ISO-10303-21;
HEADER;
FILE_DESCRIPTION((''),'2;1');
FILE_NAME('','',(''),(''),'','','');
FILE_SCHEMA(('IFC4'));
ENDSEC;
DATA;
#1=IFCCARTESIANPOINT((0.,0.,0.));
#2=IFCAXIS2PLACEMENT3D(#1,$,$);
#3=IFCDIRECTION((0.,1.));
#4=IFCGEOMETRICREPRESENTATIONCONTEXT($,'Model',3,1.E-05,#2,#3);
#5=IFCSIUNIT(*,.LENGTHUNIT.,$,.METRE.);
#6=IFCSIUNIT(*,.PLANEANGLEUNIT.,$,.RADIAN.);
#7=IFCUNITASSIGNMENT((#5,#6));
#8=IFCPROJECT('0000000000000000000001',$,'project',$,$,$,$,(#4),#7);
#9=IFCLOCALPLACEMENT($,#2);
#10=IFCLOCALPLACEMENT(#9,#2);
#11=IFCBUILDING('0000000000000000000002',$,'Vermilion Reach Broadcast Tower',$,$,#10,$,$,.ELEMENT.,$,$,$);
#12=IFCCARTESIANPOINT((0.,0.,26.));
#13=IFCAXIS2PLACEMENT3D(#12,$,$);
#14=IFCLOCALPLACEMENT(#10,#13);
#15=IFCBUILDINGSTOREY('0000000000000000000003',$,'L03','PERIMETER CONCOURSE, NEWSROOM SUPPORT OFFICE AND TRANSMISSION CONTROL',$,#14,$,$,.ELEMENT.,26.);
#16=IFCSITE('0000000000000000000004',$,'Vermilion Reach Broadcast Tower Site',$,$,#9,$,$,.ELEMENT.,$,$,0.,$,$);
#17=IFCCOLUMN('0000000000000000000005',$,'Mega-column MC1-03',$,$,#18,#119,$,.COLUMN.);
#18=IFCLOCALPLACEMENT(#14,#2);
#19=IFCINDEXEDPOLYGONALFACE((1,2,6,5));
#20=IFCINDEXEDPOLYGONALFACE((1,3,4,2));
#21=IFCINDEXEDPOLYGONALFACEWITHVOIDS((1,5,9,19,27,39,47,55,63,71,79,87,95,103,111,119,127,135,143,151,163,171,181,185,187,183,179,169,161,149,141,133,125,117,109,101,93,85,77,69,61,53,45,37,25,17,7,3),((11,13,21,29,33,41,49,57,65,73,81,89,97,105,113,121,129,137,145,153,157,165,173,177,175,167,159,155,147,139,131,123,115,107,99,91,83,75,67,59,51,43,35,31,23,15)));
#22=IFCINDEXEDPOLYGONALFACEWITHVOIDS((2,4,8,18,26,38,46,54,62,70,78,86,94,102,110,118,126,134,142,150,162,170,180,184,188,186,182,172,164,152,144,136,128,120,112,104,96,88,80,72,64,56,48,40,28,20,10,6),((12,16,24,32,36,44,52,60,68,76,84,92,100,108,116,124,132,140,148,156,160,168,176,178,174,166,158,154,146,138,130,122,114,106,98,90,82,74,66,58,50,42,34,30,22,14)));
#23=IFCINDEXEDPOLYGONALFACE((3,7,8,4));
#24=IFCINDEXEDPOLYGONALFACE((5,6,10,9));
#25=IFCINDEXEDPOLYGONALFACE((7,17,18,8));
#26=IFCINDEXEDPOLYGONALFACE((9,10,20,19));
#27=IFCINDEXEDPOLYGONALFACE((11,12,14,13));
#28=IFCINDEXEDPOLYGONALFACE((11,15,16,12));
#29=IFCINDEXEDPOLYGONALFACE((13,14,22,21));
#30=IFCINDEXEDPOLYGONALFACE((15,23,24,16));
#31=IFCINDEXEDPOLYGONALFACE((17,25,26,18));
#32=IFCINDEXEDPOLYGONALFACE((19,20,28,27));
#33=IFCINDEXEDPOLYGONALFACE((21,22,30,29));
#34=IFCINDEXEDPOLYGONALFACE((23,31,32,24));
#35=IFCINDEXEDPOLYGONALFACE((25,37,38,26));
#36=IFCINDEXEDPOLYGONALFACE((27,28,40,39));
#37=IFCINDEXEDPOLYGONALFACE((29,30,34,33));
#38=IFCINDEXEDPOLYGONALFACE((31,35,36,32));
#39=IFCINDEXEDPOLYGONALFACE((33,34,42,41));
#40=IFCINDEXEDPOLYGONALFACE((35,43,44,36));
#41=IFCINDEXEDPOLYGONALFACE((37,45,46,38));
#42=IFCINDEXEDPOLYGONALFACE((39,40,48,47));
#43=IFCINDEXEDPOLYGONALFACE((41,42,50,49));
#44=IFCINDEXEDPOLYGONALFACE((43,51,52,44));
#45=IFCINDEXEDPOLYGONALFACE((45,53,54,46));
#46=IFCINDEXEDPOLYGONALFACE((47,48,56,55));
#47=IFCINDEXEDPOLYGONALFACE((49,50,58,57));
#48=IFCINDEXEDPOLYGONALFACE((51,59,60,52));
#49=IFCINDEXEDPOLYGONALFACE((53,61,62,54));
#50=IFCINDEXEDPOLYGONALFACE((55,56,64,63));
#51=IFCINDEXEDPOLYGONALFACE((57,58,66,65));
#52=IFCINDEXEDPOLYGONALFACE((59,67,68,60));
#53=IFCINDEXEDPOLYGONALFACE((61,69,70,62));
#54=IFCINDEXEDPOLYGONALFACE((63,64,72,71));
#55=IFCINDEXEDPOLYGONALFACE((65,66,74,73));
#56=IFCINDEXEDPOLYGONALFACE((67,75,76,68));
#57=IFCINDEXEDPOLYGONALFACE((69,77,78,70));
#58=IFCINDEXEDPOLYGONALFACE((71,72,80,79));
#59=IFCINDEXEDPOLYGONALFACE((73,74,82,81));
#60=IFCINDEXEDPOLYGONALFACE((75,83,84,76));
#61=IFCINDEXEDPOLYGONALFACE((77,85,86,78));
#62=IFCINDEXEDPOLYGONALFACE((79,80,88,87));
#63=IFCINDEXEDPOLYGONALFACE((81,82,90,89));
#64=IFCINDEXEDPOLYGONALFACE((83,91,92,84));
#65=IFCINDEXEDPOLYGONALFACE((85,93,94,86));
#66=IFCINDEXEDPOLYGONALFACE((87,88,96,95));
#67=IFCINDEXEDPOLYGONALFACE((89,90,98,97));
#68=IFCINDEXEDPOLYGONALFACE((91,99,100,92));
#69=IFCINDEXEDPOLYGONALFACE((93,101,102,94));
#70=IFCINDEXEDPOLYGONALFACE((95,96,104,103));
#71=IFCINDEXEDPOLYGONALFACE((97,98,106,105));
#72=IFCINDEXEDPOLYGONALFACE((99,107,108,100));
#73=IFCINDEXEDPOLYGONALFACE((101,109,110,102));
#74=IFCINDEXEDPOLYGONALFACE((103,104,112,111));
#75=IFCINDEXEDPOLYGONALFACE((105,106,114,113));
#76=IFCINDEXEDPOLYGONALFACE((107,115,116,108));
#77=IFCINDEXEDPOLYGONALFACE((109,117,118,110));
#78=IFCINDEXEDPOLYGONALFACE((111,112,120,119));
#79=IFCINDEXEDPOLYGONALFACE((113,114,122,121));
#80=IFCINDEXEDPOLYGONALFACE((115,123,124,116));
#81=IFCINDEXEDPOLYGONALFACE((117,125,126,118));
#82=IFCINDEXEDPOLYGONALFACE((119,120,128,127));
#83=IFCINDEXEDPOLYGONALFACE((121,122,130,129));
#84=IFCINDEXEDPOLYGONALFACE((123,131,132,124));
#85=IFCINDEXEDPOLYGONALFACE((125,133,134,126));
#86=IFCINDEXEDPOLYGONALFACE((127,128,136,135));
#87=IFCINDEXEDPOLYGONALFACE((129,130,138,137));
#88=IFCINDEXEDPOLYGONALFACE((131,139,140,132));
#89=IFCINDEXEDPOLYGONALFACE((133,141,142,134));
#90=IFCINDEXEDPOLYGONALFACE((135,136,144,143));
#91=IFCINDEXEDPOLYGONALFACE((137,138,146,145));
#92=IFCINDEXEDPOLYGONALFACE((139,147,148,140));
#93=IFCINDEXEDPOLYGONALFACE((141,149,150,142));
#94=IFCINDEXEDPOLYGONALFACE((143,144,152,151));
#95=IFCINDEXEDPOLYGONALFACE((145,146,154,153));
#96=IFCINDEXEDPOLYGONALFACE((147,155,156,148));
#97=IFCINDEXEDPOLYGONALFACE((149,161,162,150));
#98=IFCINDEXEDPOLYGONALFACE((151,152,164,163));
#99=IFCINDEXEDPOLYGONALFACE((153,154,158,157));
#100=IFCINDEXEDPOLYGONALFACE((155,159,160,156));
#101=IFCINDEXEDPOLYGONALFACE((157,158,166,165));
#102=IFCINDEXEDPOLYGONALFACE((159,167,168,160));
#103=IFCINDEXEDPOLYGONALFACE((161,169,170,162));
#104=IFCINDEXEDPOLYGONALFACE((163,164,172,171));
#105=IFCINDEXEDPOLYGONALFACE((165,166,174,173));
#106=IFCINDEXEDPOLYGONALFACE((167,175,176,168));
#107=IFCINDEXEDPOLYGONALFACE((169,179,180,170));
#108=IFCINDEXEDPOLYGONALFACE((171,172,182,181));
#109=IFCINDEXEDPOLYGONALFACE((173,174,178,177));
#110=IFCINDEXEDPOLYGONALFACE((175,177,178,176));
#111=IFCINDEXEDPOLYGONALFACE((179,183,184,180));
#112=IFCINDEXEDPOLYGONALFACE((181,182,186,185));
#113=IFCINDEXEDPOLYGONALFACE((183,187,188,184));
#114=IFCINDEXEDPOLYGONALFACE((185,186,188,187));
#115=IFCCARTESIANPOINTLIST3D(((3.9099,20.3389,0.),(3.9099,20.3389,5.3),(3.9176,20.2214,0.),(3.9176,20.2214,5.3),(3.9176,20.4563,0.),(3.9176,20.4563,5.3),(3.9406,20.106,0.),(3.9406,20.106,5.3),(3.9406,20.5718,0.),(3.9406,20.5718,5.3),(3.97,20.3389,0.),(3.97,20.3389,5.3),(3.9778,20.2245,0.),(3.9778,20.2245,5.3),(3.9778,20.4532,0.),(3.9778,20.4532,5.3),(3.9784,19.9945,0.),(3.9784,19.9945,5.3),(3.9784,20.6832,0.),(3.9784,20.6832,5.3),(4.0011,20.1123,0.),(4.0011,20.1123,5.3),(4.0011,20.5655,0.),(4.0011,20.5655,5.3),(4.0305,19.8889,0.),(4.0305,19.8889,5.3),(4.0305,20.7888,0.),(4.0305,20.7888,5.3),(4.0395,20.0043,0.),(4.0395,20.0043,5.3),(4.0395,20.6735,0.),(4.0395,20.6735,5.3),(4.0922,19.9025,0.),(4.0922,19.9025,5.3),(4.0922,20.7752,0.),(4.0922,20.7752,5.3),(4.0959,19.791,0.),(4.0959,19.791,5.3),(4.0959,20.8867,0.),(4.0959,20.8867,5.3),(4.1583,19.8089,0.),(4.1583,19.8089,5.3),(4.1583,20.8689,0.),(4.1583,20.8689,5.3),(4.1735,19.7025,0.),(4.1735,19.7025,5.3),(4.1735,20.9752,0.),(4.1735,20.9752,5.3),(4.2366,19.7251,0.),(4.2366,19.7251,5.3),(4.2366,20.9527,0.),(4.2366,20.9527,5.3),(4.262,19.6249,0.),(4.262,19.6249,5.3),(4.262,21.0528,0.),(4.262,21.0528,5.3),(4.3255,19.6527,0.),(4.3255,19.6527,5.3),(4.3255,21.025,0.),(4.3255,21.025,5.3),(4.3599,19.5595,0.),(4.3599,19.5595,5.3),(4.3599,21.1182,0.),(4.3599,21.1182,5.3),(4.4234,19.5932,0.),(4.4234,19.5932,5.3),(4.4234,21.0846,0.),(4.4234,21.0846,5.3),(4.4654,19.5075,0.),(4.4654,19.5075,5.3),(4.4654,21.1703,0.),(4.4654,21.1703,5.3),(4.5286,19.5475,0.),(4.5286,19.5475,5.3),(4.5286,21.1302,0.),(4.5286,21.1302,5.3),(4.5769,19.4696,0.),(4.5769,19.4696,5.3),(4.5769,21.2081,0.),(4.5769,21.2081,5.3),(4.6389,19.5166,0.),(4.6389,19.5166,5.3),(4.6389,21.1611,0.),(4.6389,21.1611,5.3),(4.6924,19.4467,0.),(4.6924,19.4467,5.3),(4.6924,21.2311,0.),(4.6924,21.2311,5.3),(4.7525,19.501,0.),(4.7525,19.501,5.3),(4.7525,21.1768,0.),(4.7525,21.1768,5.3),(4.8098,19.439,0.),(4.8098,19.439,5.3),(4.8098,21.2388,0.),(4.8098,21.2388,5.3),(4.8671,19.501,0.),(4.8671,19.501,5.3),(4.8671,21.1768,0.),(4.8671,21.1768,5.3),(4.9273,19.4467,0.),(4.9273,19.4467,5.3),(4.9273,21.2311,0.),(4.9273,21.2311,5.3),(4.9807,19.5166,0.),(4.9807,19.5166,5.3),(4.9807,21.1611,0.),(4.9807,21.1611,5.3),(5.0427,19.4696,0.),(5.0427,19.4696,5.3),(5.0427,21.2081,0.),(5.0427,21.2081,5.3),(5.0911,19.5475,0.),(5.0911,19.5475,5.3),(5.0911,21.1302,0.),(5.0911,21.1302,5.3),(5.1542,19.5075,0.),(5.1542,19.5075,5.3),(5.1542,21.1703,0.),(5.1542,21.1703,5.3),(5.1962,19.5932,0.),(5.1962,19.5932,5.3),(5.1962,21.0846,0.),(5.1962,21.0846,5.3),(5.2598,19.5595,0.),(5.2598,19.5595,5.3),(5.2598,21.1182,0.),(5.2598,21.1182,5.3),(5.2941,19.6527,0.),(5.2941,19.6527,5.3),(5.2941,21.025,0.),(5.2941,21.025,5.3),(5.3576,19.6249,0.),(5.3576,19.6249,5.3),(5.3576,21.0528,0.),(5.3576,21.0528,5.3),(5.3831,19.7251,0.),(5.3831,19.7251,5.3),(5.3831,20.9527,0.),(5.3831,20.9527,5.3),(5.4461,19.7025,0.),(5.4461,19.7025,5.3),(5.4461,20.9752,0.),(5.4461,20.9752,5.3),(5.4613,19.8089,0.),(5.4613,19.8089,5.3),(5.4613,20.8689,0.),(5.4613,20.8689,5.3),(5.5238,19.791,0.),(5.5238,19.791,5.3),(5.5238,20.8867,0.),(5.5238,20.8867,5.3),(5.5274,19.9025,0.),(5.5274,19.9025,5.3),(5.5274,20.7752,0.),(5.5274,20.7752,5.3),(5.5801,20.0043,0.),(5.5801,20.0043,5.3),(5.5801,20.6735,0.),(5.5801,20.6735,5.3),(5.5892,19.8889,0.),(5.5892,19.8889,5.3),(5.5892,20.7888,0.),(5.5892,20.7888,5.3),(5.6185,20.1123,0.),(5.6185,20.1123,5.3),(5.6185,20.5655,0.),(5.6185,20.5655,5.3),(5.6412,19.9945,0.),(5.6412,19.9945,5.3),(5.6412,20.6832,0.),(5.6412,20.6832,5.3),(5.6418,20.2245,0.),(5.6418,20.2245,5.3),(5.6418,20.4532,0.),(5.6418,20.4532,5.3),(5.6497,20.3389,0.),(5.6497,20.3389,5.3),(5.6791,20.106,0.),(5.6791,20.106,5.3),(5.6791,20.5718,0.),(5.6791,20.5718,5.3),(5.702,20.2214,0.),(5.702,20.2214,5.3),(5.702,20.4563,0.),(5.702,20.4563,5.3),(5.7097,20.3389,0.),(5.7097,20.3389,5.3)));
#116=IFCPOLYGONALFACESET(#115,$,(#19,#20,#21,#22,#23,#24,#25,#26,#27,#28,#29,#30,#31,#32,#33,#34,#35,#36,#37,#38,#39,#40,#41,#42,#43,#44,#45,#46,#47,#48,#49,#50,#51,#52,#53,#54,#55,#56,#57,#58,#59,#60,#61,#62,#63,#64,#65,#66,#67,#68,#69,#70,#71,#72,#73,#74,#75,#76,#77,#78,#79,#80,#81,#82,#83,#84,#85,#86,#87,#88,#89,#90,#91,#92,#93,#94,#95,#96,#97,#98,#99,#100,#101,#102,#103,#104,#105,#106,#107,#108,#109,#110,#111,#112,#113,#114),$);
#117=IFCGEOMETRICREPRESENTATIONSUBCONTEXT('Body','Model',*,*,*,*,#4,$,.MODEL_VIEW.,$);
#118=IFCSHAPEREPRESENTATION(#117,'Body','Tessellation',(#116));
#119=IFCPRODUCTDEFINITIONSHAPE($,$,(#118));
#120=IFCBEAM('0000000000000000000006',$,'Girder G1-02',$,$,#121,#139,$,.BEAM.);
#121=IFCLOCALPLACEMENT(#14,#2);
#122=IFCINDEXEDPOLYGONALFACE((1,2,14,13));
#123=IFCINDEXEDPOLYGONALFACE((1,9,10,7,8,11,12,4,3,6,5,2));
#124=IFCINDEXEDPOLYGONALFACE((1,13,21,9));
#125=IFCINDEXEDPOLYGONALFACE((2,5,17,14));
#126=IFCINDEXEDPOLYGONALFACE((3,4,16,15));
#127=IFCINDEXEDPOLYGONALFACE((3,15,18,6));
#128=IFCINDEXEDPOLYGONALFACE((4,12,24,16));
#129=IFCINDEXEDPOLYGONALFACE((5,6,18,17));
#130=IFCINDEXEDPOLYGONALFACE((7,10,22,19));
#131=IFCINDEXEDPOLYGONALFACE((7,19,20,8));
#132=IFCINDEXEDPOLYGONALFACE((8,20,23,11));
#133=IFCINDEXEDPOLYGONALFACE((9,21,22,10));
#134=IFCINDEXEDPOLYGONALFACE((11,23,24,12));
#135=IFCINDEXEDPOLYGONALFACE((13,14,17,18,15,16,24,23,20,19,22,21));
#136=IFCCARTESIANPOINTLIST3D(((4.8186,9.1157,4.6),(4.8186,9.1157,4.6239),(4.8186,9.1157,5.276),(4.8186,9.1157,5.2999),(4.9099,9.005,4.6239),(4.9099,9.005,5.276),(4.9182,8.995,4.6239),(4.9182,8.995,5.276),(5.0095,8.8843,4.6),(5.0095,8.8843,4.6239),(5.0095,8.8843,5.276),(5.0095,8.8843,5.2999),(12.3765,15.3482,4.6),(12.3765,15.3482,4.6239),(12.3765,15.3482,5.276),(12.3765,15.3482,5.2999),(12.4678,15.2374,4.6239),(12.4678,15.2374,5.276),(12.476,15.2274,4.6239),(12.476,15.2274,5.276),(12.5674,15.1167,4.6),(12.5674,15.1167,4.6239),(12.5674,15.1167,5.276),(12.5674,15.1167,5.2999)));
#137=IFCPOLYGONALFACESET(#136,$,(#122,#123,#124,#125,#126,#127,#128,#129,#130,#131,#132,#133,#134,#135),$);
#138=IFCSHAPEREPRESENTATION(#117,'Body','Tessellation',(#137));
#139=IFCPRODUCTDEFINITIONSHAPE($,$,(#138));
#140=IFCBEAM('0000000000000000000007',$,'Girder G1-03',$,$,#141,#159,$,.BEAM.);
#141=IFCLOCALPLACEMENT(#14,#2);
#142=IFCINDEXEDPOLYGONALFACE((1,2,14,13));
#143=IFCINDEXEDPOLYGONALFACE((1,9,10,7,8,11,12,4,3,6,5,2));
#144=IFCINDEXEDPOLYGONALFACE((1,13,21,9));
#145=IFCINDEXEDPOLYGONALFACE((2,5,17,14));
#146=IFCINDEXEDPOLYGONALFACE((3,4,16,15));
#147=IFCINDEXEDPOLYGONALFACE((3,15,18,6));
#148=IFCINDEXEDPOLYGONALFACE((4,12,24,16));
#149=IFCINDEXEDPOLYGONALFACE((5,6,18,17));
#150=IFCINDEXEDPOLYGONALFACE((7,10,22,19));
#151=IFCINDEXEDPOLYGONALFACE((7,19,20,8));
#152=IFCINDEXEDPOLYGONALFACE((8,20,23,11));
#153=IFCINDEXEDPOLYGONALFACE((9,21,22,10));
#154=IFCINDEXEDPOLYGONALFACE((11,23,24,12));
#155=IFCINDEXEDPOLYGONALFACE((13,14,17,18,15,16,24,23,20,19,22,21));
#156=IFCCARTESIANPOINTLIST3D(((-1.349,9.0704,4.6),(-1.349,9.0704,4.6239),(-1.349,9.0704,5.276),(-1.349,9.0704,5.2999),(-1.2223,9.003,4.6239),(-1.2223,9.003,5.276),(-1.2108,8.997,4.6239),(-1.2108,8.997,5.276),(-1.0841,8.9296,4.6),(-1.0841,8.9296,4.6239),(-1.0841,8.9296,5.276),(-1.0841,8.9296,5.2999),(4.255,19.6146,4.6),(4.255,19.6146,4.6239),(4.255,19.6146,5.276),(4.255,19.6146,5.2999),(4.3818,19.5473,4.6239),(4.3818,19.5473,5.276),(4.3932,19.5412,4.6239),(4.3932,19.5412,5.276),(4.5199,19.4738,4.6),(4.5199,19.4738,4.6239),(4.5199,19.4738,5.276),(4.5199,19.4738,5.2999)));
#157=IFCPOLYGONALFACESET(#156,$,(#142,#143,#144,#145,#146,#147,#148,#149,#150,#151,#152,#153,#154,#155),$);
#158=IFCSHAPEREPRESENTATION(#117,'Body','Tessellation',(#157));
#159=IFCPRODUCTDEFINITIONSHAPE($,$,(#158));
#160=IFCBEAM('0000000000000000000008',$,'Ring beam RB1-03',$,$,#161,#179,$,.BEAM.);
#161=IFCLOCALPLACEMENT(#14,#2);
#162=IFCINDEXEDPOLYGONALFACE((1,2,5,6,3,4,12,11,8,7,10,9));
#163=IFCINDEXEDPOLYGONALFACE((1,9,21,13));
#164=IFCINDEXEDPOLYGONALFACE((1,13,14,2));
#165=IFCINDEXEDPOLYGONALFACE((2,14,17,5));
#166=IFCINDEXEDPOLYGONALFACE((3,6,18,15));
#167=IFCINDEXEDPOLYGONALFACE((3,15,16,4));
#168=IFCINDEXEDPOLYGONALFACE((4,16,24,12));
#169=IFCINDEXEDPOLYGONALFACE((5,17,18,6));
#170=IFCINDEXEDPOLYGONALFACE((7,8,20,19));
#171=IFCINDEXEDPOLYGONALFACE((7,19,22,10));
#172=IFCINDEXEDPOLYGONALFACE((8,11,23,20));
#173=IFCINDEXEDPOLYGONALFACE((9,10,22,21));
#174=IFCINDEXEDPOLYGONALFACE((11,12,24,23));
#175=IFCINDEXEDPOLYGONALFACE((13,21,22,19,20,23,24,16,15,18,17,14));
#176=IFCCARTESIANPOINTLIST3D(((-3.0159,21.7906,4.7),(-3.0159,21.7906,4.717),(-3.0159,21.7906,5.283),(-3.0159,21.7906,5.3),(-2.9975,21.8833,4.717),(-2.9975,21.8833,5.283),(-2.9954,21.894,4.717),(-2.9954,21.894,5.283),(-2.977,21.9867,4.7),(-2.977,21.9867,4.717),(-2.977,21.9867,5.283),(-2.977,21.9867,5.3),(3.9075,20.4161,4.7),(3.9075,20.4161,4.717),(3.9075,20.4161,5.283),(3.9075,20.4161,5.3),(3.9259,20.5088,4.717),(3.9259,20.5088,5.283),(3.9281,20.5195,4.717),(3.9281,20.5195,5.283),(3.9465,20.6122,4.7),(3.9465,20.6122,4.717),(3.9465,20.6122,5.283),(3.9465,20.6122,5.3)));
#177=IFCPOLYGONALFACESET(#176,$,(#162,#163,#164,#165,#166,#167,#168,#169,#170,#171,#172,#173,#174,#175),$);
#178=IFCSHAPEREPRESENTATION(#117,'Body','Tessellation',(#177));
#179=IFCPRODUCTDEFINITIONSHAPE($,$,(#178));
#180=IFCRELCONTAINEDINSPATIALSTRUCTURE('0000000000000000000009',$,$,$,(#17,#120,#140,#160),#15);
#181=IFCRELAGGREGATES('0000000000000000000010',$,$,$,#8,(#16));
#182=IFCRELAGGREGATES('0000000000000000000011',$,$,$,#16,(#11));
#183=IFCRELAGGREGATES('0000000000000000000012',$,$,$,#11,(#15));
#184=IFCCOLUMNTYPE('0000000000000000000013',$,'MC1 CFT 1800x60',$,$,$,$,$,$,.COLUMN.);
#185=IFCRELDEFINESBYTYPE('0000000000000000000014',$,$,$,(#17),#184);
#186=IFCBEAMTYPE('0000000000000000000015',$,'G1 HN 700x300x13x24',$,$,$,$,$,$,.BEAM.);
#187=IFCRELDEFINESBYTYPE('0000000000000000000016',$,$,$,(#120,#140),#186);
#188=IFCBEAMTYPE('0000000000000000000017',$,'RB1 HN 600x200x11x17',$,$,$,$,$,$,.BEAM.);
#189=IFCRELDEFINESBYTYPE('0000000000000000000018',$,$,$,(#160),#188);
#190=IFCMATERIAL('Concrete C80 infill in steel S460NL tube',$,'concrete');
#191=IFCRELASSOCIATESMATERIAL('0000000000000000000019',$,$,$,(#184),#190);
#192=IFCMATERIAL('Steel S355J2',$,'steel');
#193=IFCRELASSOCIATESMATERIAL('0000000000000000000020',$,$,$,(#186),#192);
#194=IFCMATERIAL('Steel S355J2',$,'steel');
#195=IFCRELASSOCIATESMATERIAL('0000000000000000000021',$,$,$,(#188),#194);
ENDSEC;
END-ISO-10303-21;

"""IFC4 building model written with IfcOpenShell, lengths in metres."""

from ifc_helpers import new_model, si_unit, direction, frame, origin, origin_2d, place, context, subcontext, project, spatial, hollow_circle, i_section, extrude, material, material_profile, profile_set, type_object, element, save


model = new_model("IFC4")

# Units and contexts
model_context = context("Model", 3, precision=1e-05, world=origin(), true_north=direction((0.0, 1.0)))
body_context = subcontext(model_context, "Body", "Model", "MODEL_VIEW")
ifc_project = project(units=[si_unit("LENGTHUNIT", "METRE"), si_unit("PLANEANGLEUNIT", "RADIAN")], contexts=[model_context])

# Site, building, storey
site_placement = place(None, origin())
site = spatial("IfcSite", under=ifc_project, at=site_placement, Name="Vermilion Reach Broadcast Tower Site", CompositionType="ELEMENT", RefElevation=0.0)
building_placement = place(site_placement, origin())
building = spatial("IfcBuilding", under=site, at=building_placement, Name="Vermilion Reach Broadcast Tower", CompositionType="ELEMENT")
storey_placement = place(building_placement, frame((0.0, 0.0, 26.0)))
storey = spatial("IfcBuildingStorey", under=building, at=storey_placement, Name="L03", Description="PERIMETER CONCOURSE, NEWSROOM SUPPORT OFFICE AND TRANSMISSION CONTROL", CompositionType="ELEMENT", Elevation=26.0)

# Column
ifc_material_1 = material(Name="Concrete C80 infill in steel S460NL tube", Category="concrete")
ifc_material_profile_1 = material_profile(ifc_material_1, hollow_circle(Radius=0.8999, WallThickness=0.0601, at=origin_2d()), Name="Concrete C80 infill in steel S460NL tube CFT 1800x60")
ifc_profile_set_1 = profile_set([ifc_material_profile_1], Name="Concrete C80 infill in steel S460NL tube")
column_type = type_object("IfcColumnType", Name="MC1 CFT 1800x60", PredefinedType="COLUMN", material=ifc_profile_set_1)
column_placement = place(storey_placement, frame((4.8098, 20.3389, 0.0), z_axis=(0.0, 0.0, 1.0), x_axis=(1.0, 0.0, 0.0)))
element("IfcColumn", 1, at=column_placement, inside=storey, type_object=column_type, Name="Mega-column MC1-03", PredefinedType="COLUMN", context=body_context, shape_type="SweptSolid", body=[
    extrude(hollow_circle(Radius=0.8999, WallThickness=0.0601, at=origin_2d()), origin(), (0.0, 0.0, 1.0), 5.3),
])

# Beams
ifc_material_2 = material(Name="Steel S355J2", Category="steel")
ifc_material_profile_2 = material_profile(ifc_material_2, i_section(OverallWidth=0.3, OverallDepth=0.7, WebThickness=0.0129, FlangeThickness=0.0239, at=origin_2d()), Name="S355J2 HN 700x300x13x24")
ifc_profile_set_2 = profile_set([ifc_material_profile_2], Name="Steel S355J2")
beam_type_1 = type_object("IfcBeamType", Name="G1 HN 700x300x13x24", PredefinedType="BEAM", material=ifc_profile_set_2)
beam_1_placement = place(storey_placement, frame((4.9141, 9.0, 4.95), z_axis=(0.771514, 0.636212, 0.0), x_axis=(-0.636212, 0.771514, 0.0)))
element("IfcBeam", 2, at=beam_1_placement, inside=storey, type_object=beam_type_1, Name="Girder G1-02", PredefinedType="BEAM", context=body_context, shape_type="SweptSolid", body=[
    extrude(i_section(OverallWidth=0.3, OverallDepth=0.7, WebThickness=0.0129, FlangeThickness=0.0239, at=origin_2d()), origin(), (0.0, 0.0, 1.0), 9.7961),
])
beam_2_placement = place(storey_placement, frame((-1.2166, 9.0, 4.95), z_axis=(0.469312, 0.883032, 0.0), x_axis=(-0.883032, 0.469312, 0.0)))
element("IfcBeam", 3, at=beam_2_placement, inside=storey, type_object=beam_type_1, Name="Girder G1-03", PredefinedType="BEAM", context=body_context, shape_type="SweptSolid", body=[
    extrude(i_section(OverallWidth=0.3, OverallDepth=0.7, WebThickness=0.0129, FlangeThickness=0.0239, at=origin_2d()), origin(), (0.0, 0.0, 1.0), 11.9409),
])
ifc_material_3 = material(Name="Steel S355J2", Category="steel")
ifc_material_profile_3 = material_profile(ifc_material_3, i_section(OverallWidth=0.2, OverallDepth=0.6001, WebThickness=0.011, FlangeThickness=0.0171, at=origin_2d()), Name="S355J2 HN 600x200x11x17")
ifc_profile_set_3 = profile_set([ifc_material_profile_3], Name="Steel S355J2")
beam_type_2 = type_object("IfcBeamType", Name="RB1 HN 600x200x11x17", PredefinedType="BEAM", material=ifc_profile_set_3)
beam_3_placement = place(storey_placement, frame((3.927, 20.5142, 5.0), z_axis=(-0.980858, 0.194726, 0.0), x_axis=(-0.194726, -0.980858, 0.0)))
element("IfcBeam", 4, at=beam_3_placement, inside=storey, type_object=beam_type_2, Name="Ring beam RB1-03", PredefinedType="BEAM", context=body_context, shape_type="SweptSolid", body=[
    extrude(i_section(OverallWidth=0.2, OverallDepth=0.6001, WebThickness=0.011, FlangeThickness=0.0171, at=origin_2d()), origin(), (0.0, 0.0, 1.0), 7.0586),
])

save(model, "model.ifc")
